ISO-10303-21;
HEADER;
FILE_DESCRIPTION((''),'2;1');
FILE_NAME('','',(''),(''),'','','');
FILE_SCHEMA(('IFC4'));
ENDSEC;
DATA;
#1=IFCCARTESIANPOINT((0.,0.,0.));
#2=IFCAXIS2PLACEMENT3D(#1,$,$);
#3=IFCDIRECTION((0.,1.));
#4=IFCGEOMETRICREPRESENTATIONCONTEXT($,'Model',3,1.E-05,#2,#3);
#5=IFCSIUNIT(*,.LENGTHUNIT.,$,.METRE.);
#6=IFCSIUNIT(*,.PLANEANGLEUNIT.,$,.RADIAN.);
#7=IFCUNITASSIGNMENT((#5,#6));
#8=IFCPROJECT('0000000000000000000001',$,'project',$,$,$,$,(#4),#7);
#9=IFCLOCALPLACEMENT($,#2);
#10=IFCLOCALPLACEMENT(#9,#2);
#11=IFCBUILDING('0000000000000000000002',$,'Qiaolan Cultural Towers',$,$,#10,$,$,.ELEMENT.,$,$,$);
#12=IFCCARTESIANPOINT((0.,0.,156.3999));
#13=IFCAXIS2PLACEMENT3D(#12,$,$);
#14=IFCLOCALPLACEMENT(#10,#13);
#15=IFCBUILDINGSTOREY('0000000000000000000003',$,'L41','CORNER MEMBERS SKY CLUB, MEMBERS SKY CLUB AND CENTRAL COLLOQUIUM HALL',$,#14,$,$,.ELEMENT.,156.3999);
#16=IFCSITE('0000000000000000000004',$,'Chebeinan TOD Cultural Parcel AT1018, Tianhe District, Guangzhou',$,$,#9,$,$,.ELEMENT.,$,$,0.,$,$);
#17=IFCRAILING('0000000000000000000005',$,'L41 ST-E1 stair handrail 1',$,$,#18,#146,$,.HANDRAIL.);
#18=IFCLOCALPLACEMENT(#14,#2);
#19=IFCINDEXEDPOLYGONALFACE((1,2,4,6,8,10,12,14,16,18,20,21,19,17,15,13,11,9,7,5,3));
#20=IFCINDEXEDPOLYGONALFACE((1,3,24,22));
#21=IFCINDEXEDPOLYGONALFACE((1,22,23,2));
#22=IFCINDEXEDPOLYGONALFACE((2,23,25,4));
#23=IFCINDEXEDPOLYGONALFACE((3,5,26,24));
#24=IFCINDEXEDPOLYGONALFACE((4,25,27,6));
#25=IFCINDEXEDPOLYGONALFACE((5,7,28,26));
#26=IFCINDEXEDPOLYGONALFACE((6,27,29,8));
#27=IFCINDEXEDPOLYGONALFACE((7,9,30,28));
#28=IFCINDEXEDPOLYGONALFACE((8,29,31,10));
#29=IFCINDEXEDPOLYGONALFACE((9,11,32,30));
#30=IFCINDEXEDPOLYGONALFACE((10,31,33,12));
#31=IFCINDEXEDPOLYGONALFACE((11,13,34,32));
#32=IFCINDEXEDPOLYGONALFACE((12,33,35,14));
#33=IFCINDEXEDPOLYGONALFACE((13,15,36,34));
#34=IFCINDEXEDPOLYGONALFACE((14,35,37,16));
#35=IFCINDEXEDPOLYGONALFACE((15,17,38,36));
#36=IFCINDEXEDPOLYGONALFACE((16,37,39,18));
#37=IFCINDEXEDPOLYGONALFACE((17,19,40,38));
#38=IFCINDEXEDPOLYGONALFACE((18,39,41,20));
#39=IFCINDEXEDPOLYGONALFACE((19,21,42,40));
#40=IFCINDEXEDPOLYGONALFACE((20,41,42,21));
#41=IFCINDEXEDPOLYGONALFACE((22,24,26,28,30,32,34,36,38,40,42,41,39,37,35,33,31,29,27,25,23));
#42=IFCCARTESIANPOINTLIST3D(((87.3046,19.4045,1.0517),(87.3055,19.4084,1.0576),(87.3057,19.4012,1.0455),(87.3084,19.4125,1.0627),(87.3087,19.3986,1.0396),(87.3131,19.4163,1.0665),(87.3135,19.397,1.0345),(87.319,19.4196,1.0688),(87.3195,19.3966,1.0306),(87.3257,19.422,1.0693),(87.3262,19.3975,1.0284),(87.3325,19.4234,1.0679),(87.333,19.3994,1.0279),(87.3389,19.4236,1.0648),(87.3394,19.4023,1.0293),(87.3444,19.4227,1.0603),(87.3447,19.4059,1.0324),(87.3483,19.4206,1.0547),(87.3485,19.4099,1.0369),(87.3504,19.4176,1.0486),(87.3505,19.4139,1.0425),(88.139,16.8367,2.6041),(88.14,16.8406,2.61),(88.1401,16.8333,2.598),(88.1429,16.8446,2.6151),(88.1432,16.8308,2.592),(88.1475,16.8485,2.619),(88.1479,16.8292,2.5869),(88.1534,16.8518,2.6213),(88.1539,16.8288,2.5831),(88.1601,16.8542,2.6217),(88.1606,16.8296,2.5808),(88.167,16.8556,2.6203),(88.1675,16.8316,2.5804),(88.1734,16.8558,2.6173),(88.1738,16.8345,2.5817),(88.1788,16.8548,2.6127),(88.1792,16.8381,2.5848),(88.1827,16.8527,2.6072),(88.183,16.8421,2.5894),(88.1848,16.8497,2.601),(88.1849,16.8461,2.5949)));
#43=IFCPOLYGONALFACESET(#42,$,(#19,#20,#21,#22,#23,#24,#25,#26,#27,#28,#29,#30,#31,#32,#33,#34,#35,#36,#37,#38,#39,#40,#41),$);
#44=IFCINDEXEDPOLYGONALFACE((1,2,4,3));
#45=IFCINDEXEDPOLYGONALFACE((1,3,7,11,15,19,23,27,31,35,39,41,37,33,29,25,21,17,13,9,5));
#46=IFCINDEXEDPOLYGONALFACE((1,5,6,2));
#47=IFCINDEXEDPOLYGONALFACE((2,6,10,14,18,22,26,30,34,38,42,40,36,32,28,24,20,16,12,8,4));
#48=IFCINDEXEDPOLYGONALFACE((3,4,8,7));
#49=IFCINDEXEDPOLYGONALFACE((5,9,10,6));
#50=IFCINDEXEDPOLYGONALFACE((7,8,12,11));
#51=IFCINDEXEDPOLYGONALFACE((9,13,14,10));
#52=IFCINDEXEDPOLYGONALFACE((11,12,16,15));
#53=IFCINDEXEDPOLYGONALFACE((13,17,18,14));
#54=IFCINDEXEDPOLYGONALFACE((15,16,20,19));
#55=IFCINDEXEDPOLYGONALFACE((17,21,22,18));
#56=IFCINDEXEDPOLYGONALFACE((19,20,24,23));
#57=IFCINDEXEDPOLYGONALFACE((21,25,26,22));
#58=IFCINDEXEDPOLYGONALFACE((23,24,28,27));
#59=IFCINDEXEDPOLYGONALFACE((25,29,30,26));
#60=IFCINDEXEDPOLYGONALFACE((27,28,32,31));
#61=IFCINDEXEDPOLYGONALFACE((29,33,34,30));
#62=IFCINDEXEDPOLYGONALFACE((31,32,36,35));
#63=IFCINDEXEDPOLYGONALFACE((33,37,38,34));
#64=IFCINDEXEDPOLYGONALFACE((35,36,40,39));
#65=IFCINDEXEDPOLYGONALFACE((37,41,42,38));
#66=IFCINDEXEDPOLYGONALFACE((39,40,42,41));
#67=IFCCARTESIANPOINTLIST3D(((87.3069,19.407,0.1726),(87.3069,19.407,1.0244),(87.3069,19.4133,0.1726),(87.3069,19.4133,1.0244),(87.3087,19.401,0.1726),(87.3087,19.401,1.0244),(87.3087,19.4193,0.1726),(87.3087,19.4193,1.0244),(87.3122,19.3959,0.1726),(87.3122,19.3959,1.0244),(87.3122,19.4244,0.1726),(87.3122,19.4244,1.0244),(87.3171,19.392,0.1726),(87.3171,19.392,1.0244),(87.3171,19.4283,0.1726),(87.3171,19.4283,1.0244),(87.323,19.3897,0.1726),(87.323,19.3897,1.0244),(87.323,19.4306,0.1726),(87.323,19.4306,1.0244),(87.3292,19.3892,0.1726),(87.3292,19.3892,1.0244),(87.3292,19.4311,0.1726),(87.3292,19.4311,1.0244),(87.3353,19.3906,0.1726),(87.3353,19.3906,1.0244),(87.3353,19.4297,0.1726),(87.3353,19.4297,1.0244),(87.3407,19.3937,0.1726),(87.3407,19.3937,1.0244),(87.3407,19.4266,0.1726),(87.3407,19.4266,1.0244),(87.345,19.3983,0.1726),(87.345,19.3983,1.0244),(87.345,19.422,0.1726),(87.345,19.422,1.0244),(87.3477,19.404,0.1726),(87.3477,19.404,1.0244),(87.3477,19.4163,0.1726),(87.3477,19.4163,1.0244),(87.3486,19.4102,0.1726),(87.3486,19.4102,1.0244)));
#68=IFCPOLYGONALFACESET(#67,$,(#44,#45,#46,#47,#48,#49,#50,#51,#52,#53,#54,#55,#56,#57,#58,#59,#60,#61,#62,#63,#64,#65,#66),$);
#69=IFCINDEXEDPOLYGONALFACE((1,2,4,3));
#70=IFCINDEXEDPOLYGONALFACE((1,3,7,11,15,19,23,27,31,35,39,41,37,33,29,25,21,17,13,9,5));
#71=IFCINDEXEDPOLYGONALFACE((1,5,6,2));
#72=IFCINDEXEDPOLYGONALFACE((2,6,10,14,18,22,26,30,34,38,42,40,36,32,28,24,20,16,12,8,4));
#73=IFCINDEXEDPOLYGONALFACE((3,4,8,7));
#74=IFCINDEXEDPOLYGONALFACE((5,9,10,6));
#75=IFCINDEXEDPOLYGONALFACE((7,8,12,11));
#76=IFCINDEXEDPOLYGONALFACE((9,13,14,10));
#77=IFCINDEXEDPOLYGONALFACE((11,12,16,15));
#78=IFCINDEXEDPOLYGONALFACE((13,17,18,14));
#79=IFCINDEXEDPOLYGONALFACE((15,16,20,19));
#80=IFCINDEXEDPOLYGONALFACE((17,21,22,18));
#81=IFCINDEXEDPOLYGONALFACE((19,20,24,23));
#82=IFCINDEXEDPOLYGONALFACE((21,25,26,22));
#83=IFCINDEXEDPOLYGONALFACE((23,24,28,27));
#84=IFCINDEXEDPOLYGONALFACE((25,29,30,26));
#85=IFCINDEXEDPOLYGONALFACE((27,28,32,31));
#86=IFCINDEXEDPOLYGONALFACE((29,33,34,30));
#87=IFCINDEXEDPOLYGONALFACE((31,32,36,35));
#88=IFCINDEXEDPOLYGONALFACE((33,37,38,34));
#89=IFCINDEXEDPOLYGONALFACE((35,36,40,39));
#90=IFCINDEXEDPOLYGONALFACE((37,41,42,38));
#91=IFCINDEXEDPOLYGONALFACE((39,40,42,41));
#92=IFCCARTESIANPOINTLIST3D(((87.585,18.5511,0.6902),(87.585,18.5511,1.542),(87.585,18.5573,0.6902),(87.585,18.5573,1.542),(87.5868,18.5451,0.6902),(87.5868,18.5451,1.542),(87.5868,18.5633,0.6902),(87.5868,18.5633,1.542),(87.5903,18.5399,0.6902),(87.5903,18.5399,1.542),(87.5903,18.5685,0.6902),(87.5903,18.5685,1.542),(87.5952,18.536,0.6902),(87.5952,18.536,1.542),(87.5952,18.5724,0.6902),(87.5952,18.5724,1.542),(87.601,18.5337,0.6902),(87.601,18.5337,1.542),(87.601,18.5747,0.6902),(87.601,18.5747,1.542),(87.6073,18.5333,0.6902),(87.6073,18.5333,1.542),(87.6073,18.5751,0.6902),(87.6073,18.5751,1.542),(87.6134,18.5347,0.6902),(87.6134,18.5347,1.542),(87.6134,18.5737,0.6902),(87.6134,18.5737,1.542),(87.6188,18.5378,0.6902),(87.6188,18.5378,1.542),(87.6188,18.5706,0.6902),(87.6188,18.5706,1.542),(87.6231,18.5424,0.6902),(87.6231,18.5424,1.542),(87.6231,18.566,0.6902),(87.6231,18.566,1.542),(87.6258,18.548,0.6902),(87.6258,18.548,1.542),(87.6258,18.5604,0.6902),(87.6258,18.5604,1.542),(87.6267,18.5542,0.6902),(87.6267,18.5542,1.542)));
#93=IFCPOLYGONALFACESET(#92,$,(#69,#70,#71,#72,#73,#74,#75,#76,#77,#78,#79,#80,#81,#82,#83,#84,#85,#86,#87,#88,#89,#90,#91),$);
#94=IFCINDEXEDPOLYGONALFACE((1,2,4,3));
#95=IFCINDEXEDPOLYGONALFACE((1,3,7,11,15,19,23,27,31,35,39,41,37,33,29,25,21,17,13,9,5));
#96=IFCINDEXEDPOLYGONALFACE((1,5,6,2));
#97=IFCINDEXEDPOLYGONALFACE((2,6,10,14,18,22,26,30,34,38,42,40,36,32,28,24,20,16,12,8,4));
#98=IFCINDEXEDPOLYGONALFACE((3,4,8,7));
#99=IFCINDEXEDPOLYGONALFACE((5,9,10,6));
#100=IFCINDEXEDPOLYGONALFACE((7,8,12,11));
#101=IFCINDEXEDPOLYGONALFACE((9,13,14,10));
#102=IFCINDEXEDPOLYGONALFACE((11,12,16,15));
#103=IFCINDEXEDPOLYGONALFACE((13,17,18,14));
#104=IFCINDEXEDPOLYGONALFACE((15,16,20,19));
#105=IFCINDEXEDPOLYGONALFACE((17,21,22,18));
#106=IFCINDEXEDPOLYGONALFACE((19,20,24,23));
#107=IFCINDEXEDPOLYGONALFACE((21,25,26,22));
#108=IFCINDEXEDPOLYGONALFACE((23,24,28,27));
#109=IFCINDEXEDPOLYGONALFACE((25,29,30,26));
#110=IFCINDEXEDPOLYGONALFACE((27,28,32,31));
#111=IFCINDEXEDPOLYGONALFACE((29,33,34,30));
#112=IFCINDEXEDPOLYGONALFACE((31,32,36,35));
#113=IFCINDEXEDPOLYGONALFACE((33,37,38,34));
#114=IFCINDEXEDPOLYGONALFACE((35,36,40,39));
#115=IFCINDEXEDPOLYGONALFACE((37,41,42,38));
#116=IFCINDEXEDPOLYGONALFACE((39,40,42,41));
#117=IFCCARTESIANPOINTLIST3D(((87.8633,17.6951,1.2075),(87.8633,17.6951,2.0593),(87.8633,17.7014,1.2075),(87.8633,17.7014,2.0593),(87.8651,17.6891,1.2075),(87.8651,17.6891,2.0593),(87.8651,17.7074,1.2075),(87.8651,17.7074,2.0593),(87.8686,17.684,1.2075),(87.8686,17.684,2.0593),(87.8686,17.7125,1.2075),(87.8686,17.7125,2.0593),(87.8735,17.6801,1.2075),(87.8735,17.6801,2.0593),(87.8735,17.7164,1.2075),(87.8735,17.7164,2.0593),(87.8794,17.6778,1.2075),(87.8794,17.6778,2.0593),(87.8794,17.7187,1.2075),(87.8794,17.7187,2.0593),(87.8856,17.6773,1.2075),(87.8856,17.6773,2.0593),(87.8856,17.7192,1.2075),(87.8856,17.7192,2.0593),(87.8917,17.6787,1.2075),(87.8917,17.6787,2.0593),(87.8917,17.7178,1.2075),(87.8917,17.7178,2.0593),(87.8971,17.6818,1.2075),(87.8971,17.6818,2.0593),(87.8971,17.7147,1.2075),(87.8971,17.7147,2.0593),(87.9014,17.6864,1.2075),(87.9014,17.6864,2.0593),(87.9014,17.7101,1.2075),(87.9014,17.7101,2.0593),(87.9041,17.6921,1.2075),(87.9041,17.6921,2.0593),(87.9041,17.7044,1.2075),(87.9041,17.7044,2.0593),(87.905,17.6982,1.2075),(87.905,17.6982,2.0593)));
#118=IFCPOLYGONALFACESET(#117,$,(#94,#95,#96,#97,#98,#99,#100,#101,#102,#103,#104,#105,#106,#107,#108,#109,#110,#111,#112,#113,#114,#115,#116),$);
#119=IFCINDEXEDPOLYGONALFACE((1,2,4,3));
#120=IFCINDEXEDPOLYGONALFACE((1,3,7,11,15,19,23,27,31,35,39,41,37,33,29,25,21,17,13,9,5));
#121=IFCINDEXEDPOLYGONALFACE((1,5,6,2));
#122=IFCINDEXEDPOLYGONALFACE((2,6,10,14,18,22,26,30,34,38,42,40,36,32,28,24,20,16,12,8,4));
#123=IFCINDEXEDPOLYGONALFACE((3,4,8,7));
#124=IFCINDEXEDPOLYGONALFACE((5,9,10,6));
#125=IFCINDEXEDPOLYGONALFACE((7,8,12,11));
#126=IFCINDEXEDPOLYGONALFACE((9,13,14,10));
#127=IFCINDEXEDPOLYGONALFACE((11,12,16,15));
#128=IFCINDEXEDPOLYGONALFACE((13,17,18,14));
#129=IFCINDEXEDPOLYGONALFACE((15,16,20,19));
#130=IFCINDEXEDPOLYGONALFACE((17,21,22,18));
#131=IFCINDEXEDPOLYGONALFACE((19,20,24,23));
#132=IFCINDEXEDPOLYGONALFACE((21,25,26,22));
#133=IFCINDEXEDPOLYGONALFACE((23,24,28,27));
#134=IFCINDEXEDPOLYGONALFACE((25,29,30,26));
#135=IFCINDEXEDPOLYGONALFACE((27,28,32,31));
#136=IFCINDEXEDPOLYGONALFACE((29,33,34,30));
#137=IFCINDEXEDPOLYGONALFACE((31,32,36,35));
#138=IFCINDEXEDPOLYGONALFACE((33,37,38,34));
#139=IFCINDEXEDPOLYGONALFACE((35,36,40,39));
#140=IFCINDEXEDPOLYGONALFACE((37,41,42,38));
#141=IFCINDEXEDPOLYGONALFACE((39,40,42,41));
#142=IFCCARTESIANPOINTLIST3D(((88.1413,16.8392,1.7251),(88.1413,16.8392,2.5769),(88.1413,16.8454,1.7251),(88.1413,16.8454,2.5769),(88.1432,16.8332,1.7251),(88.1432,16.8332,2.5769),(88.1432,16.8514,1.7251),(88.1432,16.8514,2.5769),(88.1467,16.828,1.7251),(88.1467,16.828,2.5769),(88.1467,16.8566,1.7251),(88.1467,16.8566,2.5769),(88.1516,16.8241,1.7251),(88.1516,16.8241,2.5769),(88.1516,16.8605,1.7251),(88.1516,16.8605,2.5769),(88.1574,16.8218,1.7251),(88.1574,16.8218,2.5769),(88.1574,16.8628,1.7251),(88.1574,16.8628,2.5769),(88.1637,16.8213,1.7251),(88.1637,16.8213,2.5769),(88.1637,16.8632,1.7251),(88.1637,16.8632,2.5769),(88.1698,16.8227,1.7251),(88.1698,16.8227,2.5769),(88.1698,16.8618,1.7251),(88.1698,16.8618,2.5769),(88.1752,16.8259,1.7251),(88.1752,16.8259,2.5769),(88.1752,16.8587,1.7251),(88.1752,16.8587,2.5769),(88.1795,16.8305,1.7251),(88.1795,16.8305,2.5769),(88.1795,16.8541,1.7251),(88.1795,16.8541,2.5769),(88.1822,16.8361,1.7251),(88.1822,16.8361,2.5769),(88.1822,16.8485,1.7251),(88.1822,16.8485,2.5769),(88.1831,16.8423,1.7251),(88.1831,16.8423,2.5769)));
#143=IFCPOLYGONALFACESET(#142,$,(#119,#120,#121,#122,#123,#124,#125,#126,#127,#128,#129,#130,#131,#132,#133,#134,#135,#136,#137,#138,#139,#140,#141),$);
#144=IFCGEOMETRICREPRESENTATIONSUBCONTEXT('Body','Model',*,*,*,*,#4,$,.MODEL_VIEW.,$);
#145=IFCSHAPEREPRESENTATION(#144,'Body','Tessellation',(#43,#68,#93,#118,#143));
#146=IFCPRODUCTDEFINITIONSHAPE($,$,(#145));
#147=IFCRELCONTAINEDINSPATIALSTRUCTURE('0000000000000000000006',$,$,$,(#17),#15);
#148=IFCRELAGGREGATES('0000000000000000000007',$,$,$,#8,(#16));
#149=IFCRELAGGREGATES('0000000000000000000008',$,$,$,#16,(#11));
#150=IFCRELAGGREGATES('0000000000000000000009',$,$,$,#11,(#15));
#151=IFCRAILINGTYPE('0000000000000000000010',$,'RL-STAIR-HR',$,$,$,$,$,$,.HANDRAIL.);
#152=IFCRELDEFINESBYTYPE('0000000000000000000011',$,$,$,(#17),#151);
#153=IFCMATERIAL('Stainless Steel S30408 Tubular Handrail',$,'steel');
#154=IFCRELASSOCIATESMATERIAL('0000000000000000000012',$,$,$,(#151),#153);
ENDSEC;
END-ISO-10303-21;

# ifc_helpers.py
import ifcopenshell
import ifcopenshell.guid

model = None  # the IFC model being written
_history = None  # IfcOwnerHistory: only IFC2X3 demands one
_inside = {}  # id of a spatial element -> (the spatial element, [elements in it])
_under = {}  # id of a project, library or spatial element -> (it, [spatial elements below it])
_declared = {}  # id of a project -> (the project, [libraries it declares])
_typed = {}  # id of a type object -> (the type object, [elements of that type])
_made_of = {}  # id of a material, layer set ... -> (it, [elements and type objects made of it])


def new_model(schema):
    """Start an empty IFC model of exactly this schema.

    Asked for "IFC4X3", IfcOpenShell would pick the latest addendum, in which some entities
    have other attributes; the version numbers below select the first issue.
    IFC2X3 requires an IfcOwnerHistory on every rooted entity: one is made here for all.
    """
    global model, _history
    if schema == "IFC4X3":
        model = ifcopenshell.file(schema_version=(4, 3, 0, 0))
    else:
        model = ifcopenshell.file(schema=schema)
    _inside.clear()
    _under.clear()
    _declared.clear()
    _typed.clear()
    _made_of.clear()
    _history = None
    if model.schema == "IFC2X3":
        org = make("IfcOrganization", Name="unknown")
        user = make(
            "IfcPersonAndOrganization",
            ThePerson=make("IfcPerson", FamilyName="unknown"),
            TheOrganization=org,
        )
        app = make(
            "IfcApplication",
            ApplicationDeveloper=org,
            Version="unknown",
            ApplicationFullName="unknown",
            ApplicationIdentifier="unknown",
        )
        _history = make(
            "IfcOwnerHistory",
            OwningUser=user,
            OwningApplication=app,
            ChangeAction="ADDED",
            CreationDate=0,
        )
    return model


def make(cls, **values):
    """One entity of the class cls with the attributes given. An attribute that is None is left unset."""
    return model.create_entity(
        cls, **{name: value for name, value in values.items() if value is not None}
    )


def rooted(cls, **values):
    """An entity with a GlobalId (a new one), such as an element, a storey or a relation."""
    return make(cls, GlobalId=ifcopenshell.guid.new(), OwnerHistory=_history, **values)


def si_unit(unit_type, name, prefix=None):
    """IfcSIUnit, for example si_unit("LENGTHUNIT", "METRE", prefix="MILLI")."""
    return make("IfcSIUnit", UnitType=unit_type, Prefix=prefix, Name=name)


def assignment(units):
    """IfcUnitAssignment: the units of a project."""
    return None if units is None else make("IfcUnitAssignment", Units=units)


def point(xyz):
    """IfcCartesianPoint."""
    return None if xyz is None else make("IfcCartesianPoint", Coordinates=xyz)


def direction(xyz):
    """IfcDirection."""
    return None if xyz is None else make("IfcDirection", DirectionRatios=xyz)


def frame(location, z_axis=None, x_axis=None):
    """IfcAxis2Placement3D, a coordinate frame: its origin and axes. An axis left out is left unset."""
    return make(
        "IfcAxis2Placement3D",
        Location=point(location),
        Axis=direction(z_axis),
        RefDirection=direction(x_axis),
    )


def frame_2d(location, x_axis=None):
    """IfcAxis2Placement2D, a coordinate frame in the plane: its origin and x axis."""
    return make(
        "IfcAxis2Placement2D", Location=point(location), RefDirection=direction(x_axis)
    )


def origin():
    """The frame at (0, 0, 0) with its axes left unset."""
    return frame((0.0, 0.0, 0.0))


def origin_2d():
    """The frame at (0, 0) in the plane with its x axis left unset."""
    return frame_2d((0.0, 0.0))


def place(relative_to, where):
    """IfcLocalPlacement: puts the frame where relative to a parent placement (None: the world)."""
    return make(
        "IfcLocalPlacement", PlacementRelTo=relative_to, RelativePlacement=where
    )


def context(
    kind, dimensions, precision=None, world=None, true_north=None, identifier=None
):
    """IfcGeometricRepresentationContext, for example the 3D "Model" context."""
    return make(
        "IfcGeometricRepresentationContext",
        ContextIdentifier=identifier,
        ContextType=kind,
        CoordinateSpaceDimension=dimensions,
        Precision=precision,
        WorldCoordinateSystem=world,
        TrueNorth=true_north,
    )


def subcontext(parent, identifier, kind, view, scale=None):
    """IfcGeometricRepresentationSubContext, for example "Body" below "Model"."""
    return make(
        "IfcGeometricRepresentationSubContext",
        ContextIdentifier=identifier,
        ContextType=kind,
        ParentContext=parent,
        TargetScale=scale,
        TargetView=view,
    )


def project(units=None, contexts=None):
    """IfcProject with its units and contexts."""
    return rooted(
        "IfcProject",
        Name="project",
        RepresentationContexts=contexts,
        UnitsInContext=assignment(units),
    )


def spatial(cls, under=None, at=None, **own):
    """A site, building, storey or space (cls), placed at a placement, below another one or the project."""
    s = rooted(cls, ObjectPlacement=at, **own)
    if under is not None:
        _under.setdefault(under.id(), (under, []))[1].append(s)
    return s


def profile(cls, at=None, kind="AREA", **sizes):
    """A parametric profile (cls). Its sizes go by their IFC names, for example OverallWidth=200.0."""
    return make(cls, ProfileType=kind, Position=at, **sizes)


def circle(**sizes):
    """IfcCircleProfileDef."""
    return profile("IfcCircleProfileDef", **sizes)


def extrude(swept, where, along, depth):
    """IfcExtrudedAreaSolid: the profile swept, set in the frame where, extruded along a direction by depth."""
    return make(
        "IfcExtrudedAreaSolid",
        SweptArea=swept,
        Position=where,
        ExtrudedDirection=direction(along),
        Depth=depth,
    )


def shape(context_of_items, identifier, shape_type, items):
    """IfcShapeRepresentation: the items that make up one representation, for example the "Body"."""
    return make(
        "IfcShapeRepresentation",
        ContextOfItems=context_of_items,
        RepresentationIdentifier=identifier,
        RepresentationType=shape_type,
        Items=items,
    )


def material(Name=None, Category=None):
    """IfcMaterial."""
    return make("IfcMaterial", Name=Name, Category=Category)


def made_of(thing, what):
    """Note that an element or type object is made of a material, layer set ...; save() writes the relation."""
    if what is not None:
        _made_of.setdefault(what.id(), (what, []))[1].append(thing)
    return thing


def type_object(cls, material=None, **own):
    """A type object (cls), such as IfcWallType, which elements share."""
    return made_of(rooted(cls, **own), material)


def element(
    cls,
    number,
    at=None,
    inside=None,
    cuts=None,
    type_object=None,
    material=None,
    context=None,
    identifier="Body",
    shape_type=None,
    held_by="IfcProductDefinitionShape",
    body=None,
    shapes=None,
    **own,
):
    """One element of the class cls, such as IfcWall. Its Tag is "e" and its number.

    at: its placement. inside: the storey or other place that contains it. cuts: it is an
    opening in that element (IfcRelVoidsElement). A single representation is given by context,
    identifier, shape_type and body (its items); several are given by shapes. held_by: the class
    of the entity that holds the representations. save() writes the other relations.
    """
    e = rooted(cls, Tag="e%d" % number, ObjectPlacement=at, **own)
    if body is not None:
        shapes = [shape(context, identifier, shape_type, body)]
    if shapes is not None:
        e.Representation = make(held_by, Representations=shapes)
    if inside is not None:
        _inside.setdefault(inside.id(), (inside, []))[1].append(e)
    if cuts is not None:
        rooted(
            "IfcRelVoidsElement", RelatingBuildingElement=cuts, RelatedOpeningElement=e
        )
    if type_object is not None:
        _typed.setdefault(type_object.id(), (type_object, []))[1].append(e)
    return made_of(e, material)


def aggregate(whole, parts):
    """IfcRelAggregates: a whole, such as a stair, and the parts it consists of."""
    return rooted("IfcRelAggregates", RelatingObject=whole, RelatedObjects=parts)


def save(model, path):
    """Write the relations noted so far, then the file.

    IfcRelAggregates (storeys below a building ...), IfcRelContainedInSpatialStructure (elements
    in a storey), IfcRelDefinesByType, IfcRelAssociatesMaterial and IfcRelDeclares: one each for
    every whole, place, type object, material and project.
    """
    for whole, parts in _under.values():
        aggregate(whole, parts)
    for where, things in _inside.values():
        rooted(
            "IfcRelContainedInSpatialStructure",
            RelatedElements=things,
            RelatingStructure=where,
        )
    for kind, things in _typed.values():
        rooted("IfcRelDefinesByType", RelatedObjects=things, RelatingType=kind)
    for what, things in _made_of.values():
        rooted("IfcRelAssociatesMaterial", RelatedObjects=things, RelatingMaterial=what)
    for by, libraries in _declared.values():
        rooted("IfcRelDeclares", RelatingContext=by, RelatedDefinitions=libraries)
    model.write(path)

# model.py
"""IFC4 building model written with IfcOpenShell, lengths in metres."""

from ifc_helpers import new_model, si_unit, direction, frame, origin, origin_2d, place, context, subcontext, project, spatial, circle, extrude, material, type_object, element, save


model = new_model("IFC4")

# Units and contexts
model_context = context("Model", 3, precision=1e-05, world=origin(), true_north=direction((0.0, 1.0)))
body_context = subcontext(model_context, "Body", "Model", "MODEL_VIEW")
ifc_project = project(units=[si_unit("LENGTHUNIT", "METRE"), si_unit("PLANEANGLEUNIT", "RADIAN")], contexts=[model_context])

# Site, building, storey
site_placement = place(None, origin())
site = spatial("IfcSite", under=ifc_project, at=site_placement, Name="Chebeinan TOD Cultural Parcel AT1018, Tianhe District, Guangzhou", CompositionType="ELEMENT", RefElevation=0.0)
building_placement = place(site_placement, origin())
building = spatial("IfcBuilding", under=site, at=building_placement, Name="Qiaolan Cultural Towers", CompositionType="ELEMENT")
storey_placement = place(building_placement, frame((0.0, 0.0, 156.3999)))
storey = spatial("IfcBuildingStorey", under=building, at=storey_placement, Name="L41", Description="CORNER MEMBERS SKY CLUB, MEMBERS SKY CLUB AND CENTRAL COLLOQUIUM HALL", CompositionType="ELEMENT", Elevation=156.3999)

# Railing
ifc_material_1 = material(Name="Stainless Steel S30408 Tubular Handrail", Category="steel")
railing_type_1 = type_object("IfcRailingType", Name="RL-STAIR-HR", PredefinedType="HANDRAIL", material=ifc_material_1)
railing_1_placement = place(storey_placement, frame((87.3276, 19.4102, 0.1726)))
element("IfcRailing", 1, at=railing_1_placement, inside=storey, type_object=railing_type_1, Name="L41 ST-E1 stair handrail 1", PredefinedType="HANDRAIL", context=body_context, shape_type="SweptSolid", body=[
    extrude(circle(Radius=0.0239, at=origin_2d()), frame((0.0, 0.0, 0.876), z_axis=(0.267926, -0.824471, 0.498461), x_axis=(0.951043, 0.309057, 0.0)), (0.0, 0.0, 1.0), 3.1145),
    extrude(circle(Radius=0.021, at=origin_2d()), origin(), (0.0, 0.0, 1.0), 0.8518),
    extrude(circle(Radius=0.021, at=origin_2d()), frame((0.2781, -0.856, 0.5176)), (0.0, 0.0, 1.0), 0.8518),
    extrude(circle(Radius=0.021, at=origin_2d()), frame((0.5564, -1.7119, 1.0349)), (0.0, 0.0, 1.0), 0.8518),
    extrude(circle(Radius=0.021, at=origin_2d()), frame((0.8345, -2.5679, 1.5525)), (0.0, 0.0, 1.0), 0.8518),
])

save(model, "model.ifc")
